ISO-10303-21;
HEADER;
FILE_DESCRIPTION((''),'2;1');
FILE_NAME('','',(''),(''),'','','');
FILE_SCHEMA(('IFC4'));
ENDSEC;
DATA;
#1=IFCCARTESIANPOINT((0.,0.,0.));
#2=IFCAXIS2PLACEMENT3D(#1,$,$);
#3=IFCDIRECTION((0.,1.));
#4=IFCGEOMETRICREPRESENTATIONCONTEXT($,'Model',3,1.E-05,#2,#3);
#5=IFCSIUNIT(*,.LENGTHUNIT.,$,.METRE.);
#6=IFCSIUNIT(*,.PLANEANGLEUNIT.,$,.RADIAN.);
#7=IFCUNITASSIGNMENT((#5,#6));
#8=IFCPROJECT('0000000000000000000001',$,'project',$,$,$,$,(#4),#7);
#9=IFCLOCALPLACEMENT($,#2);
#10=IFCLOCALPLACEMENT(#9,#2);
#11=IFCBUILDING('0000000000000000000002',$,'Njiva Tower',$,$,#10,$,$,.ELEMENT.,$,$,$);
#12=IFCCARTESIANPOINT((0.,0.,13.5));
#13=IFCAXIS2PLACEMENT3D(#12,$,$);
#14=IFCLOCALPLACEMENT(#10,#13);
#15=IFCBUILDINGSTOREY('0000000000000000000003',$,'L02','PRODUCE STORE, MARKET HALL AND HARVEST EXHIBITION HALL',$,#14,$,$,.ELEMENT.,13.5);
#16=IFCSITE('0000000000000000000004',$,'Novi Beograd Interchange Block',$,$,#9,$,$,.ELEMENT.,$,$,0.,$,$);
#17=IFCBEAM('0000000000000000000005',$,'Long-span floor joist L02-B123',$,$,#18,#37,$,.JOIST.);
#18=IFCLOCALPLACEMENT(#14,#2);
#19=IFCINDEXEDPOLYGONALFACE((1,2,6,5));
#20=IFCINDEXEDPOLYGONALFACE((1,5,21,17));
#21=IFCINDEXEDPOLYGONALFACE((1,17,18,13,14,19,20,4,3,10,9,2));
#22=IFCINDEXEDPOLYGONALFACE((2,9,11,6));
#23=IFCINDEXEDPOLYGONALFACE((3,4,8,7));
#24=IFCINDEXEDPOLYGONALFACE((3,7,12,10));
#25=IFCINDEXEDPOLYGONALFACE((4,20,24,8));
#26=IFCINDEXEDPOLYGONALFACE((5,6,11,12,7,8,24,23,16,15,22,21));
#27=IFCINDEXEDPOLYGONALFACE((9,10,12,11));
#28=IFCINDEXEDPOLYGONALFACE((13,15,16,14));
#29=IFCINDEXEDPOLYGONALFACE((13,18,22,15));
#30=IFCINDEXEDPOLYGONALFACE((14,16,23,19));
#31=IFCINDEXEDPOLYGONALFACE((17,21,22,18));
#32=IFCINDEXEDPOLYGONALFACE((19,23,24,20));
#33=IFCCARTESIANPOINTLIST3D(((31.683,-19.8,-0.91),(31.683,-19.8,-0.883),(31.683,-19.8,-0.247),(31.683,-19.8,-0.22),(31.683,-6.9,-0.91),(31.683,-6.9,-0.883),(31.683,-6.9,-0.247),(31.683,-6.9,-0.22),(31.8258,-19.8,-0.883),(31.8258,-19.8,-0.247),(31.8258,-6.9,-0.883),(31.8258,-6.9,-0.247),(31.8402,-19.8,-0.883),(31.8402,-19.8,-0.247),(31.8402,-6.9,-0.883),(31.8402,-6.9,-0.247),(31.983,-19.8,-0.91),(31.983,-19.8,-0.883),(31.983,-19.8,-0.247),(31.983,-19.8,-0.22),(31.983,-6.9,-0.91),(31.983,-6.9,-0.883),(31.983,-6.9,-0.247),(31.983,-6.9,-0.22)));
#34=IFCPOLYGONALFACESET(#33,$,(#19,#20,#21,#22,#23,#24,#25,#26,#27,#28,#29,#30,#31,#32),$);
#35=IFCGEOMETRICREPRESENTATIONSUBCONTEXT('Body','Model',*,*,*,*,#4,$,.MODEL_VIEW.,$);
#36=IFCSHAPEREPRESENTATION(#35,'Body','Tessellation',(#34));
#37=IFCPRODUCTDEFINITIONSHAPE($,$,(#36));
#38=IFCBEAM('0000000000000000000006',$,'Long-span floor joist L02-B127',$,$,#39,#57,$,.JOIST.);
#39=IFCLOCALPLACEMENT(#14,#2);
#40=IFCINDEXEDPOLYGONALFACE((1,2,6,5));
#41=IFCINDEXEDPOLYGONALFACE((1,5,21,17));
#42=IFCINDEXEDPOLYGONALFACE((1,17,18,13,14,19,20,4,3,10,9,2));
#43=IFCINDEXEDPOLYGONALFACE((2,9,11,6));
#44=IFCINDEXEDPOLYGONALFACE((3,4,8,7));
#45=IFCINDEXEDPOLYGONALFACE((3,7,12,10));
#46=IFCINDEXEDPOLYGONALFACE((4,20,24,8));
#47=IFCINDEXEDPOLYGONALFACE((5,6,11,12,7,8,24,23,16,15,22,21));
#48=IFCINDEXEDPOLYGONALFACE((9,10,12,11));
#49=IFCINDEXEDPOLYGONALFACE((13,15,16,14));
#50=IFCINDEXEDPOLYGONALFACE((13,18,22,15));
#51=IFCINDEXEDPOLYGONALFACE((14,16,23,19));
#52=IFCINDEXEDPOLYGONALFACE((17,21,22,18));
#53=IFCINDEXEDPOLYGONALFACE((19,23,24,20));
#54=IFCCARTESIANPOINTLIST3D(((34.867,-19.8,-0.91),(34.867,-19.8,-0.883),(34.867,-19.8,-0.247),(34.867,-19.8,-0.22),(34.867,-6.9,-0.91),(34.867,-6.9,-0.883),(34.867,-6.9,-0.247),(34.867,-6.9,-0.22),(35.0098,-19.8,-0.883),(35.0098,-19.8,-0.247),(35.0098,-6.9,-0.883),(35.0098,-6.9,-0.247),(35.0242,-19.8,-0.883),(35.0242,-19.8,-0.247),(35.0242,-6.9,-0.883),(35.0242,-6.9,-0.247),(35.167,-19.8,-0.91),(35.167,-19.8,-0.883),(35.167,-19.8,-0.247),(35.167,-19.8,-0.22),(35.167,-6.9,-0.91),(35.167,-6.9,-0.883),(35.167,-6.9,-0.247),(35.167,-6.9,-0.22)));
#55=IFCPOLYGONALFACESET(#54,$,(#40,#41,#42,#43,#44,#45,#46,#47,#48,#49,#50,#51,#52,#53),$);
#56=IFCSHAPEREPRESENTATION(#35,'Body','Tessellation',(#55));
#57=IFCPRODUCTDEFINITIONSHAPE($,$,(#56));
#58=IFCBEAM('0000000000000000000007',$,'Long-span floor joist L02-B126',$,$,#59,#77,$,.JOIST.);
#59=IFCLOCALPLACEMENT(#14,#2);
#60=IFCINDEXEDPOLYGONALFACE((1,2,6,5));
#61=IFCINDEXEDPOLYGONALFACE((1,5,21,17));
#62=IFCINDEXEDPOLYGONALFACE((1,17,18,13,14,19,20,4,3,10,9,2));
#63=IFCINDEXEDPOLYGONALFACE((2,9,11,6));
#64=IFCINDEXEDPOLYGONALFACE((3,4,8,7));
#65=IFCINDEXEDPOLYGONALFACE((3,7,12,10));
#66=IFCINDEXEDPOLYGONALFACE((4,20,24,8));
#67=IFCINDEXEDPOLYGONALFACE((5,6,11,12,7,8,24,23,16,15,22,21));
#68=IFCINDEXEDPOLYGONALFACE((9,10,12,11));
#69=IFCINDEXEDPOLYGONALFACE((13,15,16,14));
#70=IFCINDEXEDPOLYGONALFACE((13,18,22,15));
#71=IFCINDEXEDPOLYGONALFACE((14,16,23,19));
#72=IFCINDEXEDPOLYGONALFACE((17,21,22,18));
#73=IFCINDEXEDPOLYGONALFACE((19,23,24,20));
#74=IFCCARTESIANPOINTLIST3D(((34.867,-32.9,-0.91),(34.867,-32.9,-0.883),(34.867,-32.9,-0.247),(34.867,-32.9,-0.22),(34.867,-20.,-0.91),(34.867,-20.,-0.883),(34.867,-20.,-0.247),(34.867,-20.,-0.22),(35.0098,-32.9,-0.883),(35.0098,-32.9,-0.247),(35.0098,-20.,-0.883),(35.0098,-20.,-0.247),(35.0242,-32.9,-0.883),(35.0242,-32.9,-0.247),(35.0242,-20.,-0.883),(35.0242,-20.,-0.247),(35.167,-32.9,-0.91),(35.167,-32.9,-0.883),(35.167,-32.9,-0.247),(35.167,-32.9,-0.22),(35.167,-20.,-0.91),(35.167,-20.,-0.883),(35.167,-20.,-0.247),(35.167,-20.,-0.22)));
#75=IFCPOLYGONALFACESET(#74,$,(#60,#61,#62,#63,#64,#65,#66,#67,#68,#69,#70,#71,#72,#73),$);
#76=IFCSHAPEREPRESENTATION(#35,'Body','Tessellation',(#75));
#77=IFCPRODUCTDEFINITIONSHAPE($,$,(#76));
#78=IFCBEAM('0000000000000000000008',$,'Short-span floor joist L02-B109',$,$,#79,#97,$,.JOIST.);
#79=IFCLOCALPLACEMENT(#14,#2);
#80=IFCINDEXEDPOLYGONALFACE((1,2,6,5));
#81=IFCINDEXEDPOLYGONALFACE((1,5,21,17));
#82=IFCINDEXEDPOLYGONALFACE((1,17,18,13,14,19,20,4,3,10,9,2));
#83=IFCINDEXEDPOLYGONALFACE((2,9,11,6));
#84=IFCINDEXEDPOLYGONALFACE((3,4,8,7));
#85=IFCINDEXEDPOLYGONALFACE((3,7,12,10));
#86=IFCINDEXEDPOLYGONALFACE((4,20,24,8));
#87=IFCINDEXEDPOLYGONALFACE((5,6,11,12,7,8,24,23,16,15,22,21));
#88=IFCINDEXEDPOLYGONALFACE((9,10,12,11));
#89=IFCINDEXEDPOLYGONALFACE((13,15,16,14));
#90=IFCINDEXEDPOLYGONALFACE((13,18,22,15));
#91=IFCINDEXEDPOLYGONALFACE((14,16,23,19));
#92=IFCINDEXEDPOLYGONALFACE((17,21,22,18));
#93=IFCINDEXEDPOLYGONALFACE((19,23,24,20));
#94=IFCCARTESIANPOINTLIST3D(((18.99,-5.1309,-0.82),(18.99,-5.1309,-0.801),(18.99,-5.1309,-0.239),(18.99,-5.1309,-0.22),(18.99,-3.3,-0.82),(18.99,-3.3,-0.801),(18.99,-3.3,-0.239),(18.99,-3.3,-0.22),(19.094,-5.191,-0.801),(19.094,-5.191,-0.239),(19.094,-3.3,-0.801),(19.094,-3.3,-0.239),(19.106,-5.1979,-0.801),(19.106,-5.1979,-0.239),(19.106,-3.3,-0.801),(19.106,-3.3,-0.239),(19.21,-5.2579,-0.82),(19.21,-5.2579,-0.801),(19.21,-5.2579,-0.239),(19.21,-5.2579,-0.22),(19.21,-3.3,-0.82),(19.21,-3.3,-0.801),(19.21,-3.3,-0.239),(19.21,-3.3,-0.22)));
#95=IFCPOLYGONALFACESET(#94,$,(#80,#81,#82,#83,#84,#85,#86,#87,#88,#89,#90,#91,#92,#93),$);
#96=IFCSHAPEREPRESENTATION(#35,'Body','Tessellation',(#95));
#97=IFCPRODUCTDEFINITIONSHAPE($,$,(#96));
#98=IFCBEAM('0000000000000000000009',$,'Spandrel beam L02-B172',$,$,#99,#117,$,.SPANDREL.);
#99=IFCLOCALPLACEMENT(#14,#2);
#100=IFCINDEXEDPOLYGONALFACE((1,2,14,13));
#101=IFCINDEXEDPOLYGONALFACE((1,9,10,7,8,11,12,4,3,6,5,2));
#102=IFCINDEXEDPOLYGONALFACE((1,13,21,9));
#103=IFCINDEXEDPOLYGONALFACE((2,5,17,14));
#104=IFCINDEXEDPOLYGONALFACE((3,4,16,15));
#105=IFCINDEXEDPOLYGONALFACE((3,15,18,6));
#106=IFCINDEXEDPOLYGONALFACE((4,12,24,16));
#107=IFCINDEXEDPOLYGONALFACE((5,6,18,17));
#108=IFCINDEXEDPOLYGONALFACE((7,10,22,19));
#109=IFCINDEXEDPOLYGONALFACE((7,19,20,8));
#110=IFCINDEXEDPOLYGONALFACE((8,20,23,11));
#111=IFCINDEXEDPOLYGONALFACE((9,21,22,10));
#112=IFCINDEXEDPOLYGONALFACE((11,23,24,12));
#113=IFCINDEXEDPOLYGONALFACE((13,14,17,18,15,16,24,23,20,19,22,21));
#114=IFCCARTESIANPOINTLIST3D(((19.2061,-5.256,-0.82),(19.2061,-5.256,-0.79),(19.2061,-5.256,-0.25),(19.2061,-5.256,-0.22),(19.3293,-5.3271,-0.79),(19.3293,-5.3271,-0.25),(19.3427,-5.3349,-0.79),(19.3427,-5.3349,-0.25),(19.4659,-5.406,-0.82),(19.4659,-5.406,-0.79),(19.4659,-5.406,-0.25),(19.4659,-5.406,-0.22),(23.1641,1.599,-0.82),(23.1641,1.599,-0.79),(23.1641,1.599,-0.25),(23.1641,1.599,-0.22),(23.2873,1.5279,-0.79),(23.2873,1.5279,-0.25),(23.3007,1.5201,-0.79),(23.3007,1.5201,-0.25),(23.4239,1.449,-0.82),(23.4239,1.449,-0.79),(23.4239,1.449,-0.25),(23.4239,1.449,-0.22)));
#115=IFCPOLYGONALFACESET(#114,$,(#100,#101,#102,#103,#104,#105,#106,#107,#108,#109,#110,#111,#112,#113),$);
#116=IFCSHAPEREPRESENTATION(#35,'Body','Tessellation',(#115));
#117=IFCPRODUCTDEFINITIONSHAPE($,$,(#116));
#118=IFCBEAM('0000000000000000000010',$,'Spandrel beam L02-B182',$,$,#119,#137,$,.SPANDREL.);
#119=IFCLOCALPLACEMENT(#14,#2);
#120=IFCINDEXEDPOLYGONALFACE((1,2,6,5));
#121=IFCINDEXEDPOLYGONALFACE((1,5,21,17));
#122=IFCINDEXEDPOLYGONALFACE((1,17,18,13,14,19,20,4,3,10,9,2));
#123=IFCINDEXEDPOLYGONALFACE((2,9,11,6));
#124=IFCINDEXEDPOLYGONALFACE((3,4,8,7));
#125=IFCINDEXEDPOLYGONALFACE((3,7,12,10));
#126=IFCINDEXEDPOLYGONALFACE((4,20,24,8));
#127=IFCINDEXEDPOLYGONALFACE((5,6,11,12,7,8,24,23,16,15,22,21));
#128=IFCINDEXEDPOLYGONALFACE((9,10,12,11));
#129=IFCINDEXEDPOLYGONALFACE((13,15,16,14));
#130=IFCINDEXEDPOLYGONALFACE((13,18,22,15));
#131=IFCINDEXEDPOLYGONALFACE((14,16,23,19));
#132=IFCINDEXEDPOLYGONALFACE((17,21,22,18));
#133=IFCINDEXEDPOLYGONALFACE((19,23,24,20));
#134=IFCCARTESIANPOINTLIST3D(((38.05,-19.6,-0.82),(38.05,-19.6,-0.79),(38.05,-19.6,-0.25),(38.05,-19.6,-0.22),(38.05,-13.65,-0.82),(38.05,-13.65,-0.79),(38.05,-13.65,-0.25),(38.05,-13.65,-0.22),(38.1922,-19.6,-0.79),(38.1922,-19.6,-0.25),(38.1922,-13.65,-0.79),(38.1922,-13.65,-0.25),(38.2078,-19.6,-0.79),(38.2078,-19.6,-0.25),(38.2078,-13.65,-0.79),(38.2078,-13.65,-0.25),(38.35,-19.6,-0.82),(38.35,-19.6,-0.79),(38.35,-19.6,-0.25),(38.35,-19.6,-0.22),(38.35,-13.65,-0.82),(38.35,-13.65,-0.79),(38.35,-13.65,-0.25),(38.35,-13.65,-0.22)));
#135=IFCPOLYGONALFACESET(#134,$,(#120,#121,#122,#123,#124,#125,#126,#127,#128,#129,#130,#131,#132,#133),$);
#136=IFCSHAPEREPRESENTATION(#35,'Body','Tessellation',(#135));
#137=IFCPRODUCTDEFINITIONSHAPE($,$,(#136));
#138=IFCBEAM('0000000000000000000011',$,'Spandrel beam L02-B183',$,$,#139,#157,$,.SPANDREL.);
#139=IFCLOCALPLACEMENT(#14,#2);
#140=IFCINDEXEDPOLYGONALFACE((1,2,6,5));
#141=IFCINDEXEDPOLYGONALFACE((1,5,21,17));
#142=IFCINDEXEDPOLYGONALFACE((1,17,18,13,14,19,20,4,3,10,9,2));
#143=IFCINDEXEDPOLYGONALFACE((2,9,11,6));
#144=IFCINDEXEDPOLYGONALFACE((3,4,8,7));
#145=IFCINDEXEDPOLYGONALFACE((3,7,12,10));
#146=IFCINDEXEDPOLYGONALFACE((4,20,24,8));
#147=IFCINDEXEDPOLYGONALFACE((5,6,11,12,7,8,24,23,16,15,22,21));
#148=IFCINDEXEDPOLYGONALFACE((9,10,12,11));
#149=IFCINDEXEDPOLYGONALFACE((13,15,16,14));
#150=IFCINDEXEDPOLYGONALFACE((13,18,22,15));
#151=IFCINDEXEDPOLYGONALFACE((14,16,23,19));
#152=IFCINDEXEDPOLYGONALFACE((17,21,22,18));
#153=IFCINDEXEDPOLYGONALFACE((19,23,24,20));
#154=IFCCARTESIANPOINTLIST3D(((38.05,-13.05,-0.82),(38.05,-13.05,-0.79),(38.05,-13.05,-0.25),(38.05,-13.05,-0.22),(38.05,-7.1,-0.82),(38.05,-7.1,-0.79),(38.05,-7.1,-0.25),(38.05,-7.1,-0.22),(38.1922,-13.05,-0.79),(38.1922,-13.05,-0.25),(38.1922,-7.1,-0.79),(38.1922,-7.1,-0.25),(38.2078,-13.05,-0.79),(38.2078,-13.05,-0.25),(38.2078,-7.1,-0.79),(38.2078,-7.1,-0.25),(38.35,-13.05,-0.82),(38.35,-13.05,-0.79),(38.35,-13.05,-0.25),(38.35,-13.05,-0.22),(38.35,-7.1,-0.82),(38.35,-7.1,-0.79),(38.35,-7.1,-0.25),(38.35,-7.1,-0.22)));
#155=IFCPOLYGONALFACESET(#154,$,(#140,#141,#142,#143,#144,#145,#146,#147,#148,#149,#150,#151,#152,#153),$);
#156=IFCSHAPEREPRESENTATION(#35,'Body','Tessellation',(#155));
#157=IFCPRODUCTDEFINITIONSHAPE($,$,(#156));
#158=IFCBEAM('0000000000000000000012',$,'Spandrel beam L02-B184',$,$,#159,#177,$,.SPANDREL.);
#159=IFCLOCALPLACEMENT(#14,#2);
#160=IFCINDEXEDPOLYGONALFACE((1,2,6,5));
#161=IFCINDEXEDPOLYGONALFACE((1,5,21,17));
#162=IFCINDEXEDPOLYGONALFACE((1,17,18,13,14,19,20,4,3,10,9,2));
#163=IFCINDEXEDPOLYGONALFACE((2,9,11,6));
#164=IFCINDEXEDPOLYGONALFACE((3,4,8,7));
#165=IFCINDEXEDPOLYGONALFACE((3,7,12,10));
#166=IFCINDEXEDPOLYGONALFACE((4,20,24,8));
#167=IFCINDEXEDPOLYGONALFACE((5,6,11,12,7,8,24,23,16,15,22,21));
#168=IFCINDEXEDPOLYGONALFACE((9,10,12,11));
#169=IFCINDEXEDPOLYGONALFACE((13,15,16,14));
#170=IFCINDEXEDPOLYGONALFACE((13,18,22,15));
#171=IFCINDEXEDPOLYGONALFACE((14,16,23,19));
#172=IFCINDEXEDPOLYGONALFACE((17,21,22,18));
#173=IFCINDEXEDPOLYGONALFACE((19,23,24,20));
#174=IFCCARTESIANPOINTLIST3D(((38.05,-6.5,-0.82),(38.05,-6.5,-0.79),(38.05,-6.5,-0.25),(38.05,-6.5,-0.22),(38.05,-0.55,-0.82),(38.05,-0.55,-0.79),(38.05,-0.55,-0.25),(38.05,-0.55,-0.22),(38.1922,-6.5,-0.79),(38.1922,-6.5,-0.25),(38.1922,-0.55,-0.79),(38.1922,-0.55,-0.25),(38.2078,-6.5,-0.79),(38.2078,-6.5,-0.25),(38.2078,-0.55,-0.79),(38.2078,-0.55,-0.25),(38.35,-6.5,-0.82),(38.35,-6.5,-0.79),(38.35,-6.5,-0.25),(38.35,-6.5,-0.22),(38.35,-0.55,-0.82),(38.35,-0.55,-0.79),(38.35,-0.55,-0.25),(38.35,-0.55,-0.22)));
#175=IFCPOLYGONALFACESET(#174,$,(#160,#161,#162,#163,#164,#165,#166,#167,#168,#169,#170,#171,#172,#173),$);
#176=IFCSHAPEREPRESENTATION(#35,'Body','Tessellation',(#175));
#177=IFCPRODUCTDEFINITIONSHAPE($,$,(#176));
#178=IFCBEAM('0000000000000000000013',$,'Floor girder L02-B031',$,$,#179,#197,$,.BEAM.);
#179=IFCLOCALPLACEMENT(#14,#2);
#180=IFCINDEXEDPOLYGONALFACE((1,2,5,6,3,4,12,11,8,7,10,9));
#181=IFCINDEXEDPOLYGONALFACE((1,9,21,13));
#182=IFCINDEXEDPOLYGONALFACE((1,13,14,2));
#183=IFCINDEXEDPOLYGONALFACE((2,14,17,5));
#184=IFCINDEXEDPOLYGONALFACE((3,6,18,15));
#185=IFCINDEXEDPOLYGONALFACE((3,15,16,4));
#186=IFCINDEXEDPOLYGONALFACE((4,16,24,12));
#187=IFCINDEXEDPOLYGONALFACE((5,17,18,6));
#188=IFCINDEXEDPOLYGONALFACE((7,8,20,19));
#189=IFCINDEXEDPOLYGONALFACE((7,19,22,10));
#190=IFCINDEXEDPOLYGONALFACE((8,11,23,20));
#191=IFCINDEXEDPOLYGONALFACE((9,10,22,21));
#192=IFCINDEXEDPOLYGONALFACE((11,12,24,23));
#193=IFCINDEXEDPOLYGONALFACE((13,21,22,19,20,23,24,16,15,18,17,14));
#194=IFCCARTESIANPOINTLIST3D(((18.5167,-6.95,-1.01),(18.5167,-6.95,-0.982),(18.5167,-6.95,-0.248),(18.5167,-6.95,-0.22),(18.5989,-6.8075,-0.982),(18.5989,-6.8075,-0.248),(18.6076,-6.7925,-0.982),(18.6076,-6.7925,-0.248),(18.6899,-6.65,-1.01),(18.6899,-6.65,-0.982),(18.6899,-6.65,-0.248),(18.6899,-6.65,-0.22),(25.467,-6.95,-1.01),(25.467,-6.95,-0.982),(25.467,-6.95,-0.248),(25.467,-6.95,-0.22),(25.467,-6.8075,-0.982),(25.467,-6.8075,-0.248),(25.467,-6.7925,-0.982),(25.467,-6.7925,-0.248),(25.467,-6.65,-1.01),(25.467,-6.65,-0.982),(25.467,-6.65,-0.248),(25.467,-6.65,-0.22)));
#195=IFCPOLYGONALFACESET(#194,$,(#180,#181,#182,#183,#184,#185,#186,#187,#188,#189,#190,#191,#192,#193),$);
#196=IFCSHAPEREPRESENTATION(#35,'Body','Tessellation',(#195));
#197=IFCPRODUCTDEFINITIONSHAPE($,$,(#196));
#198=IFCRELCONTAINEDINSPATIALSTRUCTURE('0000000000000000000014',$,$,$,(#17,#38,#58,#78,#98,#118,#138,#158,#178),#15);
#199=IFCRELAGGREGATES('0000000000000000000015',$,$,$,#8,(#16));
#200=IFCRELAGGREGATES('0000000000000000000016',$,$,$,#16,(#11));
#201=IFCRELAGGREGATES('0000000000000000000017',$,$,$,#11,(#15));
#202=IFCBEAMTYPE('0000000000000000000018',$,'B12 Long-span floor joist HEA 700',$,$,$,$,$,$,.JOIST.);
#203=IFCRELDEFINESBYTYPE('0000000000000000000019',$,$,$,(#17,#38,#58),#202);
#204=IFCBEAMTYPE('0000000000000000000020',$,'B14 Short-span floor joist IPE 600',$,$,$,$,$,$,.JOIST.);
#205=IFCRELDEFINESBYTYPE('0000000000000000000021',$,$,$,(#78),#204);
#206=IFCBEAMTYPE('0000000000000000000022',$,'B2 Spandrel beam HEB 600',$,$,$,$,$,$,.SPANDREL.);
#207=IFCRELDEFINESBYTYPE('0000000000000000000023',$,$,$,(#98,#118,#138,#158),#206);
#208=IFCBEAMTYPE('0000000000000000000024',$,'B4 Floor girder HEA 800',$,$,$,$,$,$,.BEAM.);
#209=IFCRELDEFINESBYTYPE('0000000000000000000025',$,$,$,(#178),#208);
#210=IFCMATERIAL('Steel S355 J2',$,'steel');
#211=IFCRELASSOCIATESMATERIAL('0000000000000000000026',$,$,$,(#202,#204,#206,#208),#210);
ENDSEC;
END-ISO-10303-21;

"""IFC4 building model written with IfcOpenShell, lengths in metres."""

from ifc_helpers import new_model, si_unit, direction, frame, origin, origin_2d, place, context, subcontext, project, spatial, i_section, extrude, clip, halfspace, material, material_profile, profile_set, type_object, element, save


model = new_model("IFC4")

# Units and contexts
model_context = context("Model", 3, precision=1e-05, world=origin(), true_north=direction((0.0, 1.0)))
body_context = subcontext(model_context, "Body", "Model", "MODEL_VIEW")
ifc_project = project(units=[si_unit("LENGTHUNIT", "METRE"), si_unit("PLANEANGLEUNIT", "RADIAN")], contexts=[model_context])

# Site, building, storey
site_placement = place(None, origin())
site = spatial("IfcSite", under=ifc_project, at=site_placement, Name="Novi Beograd Interchange Block", CompositionType="ELEMENT", RefElevation=0.0)
building_placement = place(site_placement, origin())
building = spatial("IfcBuilding", under=site, at=building_placement, Name="Njiva Tower", CompositionType="ELEMENT")
storey_placement = place(building_placement, frame((0.0, 0.0, 13.5)))
storey = spatial("IfcBuildingStorey", under=building, at=storey_placement, Name="L02", Description="PRODUCE STORE, MARKET HALL AND HARVEST EXHIBITION HALL", CompositionType="ELEMENT", Elevation=13.5)

# Shared definitions
ifc_material_1 = material(Name="Steel S355 J2", Category="steel")

# Beams
ifc_material_profile_1 = material_profile(ifc_material_1, i_section(OverallWidth=0.3, OverallDepth=0.69, WebThickness=0.0145, FlangeThickness=0.027, at=origin_2d()), Name="HEA 700")
ifc_profile_set_1 = profile_set([ifc_material_profile_1], Name="Steel S355 J2")
beam_type_1 = type_object("IfcBeamType", Name="B12 Long-span floor joist HEA 700", PredefinedType="JOIST", material=ifc_profile_set_1)
for number, where, z_axis, x_axis, name in (
    (1, (31.833, -6.9, -0.565), (0.0, -1.0, 0.0), (1.0, 0.0, 0.0), "Long-span floor joist L02-B123"),
    (2, (35.017, -6.9, -0.565), (0.0, -1.0, 0.0), (1.0, 0.0, 0.0), "Long-span floor joist L02-B127"),
    (3, (35.017, -20.0, -0.565), (0.0, -1.0, 0.0), (1.0, 0.0, 0.0), "Long-span floor joist L02-B126"),
):
    element("IfcBeam", number, at=place(storey_placement, frame(where, z_axis=z_axis, x_axis=x_axis)), inside=storey, type_object=beam_type_1, Name=name, PredefinedType="JOIST", context=body_context, shape_type="SweptSolid", body=[
        extrude(i_section(OverallWidth=0.3, OverallDepth=0.69, WebThickness=0.0145, FlangeThickness=0.027, at=origin_2d()), origin(), (0.0, 0.0, 1.0), 12.9),
    ])
ifc_material_profile_2 = material_profile(ifc_material_1, i_section(OverallWidth=0.22, OverallDepth=0.6, WebThickness=0.012, FlangeThickness=0.019, at=origin_2d()), Name="IPE 600")
ifc_profile_set_2 = profile_set([ifc_material_profile_2], Name="Steel S355 J2")
beam_type_2 = type_object("IfcBeamType", Name="B14 Short-span floor joist IPE 600", PredefinedType="JOIST", material=ifc_profile_set_2)
beam_1_placement = place(storey_placement, frame((19.1, -3.3, -0.52), z_axis=(0.0, -1.0, 0.0), x_axis=(1.0, 0.0, 0.0)))
element("IfcBeam", 4, at=beam_1_placement, inside=storey, type_object=beam_type_2, Name="Short-span floor joist L02-B109", PredefinedType="JOIST", context=body_context, shape_type="Clipping", body=[
    clip(extrude(i_section(OverallWidth=0.22, OverallDepth=0.6, WebThickness=0.012, FlangeThickness=0.019, at=origin_2d()), origin(), (0.0, 0.0, 1.0), 1.978), halfspace(frame((-0.025, 0.0, 1.88), z_axis=(-0.499998, 0.0, 0.866027), x_axis=(0.0, 1.0, 0.0)), False)),
])
ifc_material_profile_3 = material_profile(ifc_material_1, i_section(OverallWidth=0.3, OverallDepth=0.6, WebThickness=0.0155, FlangeThickness=0.03, at=origin_2d()), Name="HEB 600")
ifc_profile_set_3 = profile_set([ifc_material_profile_3], Name="Steel S355 J2")
beam_type_3 = type_object("IfcBeamType", Name="B2 Spandrel beam HEB 600", PredefinedType="SPANDREL", material=ifc_profile_set_3)
beam_2_placement = place(storey_placement, frame((19.336, -5.331, -0.52), z_axis=(0.500025, 0.866011, 0.0), x_axis=(-0.866011, 0.500025, 0.0)))
element("IfcBeam", 5, at=beam_2_placement, inside=storey, type_object=beam_type_3, Name="Spandrel beam L02-B172", PredefinedType="SPANDREL", context=body_context, shape_type="SweptSolid", body=[
    extrude(i_section(OverallWidth=0.3, OverallDepth=0.6, WebThickness=0.0155, FlangeThickness=0.03, at=origin_2d()), origin(), (0.0, 0.0, 1.0), 7.9156),
])
for number, where, z_axis, x_axis, name in (
    (6, (38.2, -19.6, -0.52), (0.0, 1.0, 0.0), (-1.0, 0.0, 0.0), "Spandrel beam L02-B182"),
    (7, (38.2, -13.05, -0.52), (0.0, 1.0, 0.0), (-1.0, 0.0, 0.0), "Spandrel beam L02-B183"),
    (8, (38.2, -6.5, -0.52), (0.0, 1.0, 0.0), (-1.0, 0.0, 0.0), "Spandrel beam L02-B184"),
):
    element("IfcBeam", number, at=place(storey_placement, frame(where, z_axis=z_axis, x_axis=x_axis)), inside=storey, type_object=beam_type_3, Name=name, PredefinedType="SPANDREL", context=body_context, shape_type="SweptSolid", body=[
        extrude(i_section(OverallWidth=0.3, OverallDepth=0.6, WebThickness=0.0155, FlangeThickness=0.03, at=origin_2d()), origin(), (0.0, 0.0, 1.0), 5.95),
    ])
ifc_material_profile_4 = material_profile(ifc_material_1, i_section(OverallWidth=0.3, OverallDepth=0.79, WebThickness=0.015, FlangeThickness=0.028, at=origin_2d()), Name="HEA 800")
ifc_profile_set_4 = profile_set([ifc_material_profile_4], Name="Steel S355 J2")
beam_type_4 = type_object("IfcBeamType", Name="B4 Floor girder HEA 800", PredefinedType="BEAM", material=ifc_profile_set_4)
beam_3_placement = place(storey_placement, frame((18.496, -6.8, -0.615), z_axis=(1.0, 0.0, 0.0), x_axis=(0.0, 1.0, 0.0)))
element("IfcBeam", 9, at=beam_3_placement, inside=storey, type_object=beam_type_4, Name="Floor girder L02-B031", PredefinedType="BEAM", context=body_context, shape_type="Clipping", body=[
    clip(extrude(i_section(OverallWidth=0.3, OverallDepth=0.79, WebThickness=0.015, FlangeThickness=0.028, at=origin_2d()), origin(), (0.0, 0.0, 1.0), 6.971), halfspace(frame((0.025, 0.0, 0.1217), z_axis=(0.499998, 0.0, -0.866027), x_axis=(0.0, -1.0, 0.0)), False)),
])

save(model, "model.ifc")
